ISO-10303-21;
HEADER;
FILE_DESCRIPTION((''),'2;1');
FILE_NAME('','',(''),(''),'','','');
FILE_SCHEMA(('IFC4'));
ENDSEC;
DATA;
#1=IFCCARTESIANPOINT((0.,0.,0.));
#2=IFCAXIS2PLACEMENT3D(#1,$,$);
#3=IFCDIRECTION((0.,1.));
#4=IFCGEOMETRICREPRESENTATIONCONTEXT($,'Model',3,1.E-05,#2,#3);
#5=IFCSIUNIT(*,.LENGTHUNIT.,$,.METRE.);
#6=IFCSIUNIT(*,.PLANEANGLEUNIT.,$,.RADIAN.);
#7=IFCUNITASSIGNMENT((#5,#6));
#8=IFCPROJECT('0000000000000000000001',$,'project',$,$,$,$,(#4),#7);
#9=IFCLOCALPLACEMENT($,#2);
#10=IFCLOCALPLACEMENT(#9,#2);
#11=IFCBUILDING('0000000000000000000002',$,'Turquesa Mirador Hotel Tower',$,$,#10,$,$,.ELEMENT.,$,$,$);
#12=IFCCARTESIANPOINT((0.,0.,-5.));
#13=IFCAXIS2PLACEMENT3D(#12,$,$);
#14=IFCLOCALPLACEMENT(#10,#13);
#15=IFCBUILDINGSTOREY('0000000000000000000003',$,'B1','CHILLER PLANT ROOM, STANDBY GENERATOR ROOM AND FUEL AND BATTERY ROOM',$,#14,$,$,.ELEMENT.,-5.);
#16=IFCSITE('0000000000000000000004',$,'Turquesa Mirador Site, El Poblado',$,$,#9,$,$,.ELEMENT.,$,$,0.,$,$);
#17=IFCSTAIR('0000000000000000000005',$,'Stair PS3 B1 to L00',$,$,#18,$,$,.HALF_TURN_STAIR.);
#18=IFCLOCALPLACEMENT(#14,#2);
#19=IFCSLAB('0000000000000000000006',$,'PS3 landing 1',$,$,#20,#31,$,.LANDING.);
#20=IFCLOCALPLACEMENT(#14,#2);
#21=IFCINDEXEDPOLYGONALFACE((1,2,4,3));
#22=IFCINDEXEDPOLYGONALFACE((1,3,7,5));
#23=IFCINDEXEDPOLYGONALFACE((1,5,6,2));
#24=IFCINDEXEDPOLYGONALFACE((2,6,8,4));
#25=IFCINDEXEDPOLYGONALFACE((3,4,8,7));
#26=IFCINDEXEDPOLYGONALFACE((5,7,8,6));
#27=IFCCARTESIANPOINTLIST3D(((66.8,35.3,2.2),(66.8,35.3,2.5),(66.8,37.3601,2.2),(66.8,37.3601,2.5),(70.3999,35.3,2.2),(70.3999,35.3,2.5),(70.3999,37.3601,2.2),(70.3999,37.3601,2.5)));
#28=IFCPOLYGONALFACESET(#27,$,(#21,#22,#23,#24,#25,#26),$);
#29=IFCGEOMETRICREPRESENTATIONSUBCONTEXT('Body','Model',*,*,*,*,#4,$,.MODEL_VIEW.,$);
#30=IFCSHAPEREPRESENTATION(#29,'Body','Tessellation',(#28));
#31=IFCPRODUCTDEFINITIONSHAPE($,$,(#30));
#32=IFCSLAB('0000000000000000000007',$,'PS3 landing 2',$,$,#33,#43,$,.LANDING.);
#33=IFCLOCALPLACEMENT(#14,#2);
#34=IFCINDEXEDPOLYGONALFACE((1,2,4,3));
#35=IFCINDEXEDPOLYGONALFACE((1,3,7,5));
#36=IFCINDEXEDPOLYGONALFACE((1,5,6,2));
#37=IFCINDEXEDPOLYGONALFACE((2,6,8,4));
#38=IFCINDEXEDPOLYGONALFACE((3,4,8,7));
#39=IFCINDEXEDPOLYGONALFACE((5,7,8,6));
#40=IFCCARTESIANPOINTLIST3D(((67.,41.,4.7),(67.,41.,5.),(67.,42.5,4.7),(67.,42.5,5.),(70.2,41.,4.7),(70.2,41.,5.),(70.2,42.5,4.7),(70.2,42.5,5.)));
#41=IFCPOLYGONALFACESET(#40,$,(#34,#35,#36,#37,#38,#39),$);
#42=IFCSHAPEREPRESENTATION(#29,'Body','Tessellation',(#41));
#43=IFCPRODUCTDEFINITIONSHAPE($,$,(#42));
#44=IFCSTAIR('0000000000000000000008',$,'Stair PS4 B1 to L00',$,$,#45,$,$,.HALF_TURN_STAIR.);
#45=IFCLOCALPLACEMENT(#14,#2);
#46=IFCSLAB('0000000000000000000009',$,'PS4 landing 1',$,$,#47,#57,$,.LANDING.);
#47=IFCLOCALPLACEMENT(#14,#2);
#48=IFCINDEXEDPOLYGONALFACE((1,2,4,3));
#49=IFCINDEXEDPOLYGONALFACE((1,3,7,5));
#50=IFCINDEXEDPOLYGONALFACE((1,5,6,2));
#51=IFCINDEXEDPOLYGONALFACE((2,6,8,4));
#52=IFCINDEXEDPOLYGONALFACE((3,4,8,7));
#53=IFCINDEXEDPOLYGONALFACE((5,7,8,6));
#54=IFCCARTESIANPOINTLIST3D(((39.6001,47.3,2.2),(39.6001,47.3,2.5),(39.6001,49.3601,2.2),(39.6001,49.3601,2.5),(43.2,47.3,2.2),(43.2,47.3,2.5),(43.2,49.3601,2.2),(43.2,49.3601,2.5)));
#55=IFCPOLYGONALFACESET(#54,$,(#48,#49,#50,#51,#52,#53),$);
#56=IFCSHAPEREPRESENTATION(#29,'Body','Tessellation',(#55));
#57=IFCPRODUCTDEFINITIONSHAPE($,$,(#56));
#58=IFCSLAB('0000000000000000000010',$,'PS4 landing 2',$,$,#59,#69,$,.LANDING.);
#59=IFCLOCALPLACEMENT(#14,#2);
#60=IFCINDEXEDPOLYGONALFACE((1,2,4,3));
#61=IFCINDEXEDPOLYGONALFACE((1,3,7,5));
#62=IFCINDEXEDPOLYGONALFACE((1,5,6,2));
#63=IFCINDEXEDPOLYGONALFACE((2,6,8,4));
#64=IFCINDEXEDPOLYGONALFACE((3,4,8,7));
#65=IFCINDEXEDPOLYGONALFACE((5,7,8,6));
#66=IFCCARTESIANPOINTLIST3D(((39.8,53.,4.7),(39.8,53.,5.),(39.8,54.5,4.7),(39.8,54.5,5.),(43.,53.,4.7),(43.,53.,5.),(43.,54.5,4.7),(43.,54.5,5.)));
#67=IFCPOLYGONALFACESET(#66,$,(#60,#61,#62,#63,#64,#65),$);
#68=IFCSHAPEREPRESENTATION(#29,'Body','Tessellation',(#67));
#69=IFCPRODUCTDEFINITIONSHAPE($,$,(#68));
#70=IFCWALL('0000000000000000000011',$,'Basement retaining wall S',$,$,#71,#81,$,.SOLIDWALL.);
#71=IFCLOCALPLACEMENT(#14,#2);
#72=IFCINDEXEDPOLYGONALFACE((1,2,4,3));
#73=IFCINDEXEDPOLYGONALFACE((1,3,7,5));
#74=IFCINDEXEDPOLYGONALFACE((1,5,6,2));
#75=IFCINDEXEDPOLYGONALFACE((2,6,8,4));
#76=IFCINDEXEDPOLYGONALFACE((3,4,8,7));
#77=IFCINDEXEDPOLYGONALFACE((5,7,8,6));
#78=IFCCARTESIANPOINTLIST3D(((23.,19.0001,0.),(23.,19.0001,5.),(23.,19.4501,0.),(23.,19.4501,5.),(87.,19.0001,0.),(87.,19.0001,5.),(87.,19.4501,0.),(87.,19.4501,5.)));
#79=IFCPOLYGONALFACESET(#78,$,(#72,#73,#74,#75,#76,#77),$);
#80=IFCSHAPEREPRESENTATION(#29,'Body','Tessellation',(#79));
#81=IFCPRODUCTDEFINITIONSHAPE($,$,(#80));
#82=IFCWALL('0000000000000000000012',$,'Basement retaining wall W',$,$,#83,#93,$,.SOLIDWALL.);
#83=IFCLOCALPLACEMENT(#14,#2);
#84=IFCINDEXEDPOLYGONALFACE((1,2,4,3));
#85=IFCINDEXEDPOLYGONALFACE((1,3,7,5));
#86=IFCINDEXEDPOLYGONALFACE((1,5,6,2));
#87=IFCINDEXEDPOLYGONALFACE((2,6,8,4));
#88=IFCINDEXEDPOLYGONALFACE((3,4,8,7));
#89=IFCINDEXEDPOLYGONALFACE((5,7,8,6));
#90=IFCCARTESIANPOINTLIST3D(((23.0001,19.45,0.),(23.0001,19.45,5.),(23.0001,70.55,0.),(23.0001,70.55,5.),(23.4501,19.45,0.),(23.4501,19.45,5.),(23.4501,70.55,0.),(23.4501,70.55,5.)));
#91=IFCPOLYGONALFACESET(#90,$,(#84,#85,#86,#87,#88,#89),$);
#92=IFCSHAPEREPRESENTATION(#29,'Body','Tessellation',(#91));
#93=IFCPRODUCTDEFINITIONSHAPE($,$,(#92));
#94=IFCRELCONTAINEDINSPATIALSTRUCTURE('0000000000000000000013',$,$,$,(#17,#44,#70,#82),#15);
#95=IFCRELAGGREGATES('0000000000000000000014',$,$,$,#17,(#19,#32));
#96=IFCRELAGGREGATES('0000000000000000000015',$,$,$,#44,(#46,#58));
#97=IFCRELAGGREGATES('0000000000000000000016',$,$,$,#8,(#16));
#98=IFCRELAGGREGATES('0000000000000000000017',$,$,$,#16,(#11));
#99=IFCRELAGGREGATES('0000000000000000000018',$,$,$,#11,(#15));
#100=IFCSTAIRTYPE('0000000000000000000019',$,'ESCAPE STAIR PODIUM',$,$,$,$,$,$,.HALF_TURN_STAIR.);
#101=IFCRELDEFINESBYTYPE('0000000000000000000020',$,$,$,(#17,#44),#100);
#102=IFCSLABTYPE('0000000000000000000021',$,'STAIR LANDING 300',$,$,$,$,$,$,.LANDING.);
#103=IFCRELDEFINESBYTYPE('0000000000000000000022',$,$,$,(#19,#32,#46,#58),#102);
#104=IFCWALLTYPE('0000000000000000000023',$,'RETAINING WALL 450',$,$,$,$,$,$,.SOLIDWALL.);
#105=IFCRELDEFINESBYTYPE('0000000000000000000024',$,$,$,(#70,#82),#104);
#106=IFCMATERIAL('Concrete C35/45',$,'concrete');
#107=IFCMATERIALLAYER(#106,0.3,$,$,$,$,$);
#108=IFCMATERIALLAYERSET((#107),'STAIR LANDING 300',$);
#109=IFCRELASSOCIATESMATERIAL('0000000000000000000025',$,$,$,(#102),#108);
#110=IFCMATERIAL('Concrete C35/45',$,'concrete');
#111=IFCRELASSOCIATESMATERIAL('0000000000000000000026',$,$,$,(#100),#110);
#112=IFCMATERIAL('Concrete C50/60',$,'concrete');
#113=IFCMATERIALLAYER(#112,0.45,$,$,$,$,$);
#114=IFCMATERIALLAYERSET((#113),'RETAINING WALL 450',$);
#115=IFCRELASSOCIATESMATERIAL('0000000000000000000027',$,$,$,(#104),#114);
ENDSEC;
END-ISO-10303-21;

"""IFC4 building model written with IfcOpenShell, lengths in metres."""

from ifc_helpers import new_model, si_unit, direction, frame, frame_2d, origin, place, context, subcontext, project, spatial, polyline, rectangle, outline, extrude, material, layer, layer_set, type_object, element, aggregate, save


model = new_model("IFC4")

# Units and contexts
model_context = context("Model", 3, precision=1e-05, world=origin(), true_north=direction((0.0, 1.0)))
body_context = subcontext(model_context, "Body", "Model", "MODEL_VIEW")
ifc_project = project(units=[si_unit("LENGTHUNIT", "METRE"), si_unit("PLANEANGLEUNIT", "RADIAN")], contexts=[model_context])

# Site, building, storey
site_placement = place(None, origin())
site = spatial("IfcSite", under=ifc_project, at=site_placement, Name="Turquesa Mirador Site, El Poblado", CompositionType="ELEMENT", RefElevation=0.0)
building_placement = place(site_placement, origin())
building = spatial("IfcBuilding", under=site, at=building_placement, Name="Turquesa Mirador Hotel Tower", CompositionType="ELEMENT")
storey_placement = place(building_placement, frame((0.0, 0.0, -5.0)))
storey = spatial("IfcBuildingStorey", under=building, at=storey_placement, Name="B1", Description="CHILLER PLANT ROOM, STANDBY GENERATOR ROOM AND FUEL AND BATTERY ROOM", CompositionType="ELEMENT", Elevation=-5.0)

# Stairs, slabs
ifc_material_1 = material(Name="Concrete C35/45", Category="concrete")
ifc_layer_1 = layer(ifc_material_1, 0.3)
ifc_layer_set_1 = layer_set([ifc_layer_1], Name="STAIR LANDING 300")
slab_type_1 = type_object("IfcSlabType", Name="STAIR LANDING 300", PredefinedType="LANDING", material=ifc_layer_set_1)
ifc_material_2 = material(Name="Concrete C35/45", Category="concrete")
stair_type_1 = type_object("IfcStairType", Name="ESCAPE STAIR PODIUM", PredefinedType="HALF_TURN_STAIR", material=ifc_material_2)
stair_1_placement = place(storey_placement, origin())
stair_1 = element("IfcStair", 1, at=stair_1_placement, inside=storey, type_object=stair_type_1, Name="Stair PS3 B1 to L00", PredefinedType="HALF_TURN_STAIR")
slab_1_placement = place(storey_placement, frame((0.0, 0.0, 2.2)))
slab_1 = element("IfcSlab", 2, at=slab_1_placement, type_object=slab_type_1, Name="PS3 landing 1", PredefinedType="LANDING", context=body_context, shape_type="SweptSolid", body=[
    extrude(outline(polyline([(66.8, 35.3), (70.3999, 35.3), (70.3999, 37.3601), (66.8, 37.3601), (66.8, 35.3)])), origin(), (0.0, 0.0, 1.0), 0.3),
])
slab_2_placement = place(storey_placement, frame((0.0, 0.0, 4.7)))
slab_2 = element("IfcSlab", 3, at=slab_2_placement, type_object=slab_type_1, Name="PS3 landing 2", PredefinedType="LANDING", context=body_context, shape_type="SweptSolid", body=[
    extrude(outline(polyline([(67.0, 41.0), (70.2, 41.0), (70.2, 42.5), (67.0, 42.5), (67.0, 41.0)])), origin(), (0.0, 0.0, 1.0), 0.3),
])
aggregate(stair_1, [slab_1, slab_2])
stair_2_placement = place(storey_placement, origin())
stair_2 = element("IfcStair", 4, at=stair_2_placement, inside=storey, type_object=stair_type_1, Name="Stair PS4 B1 to L00", PredefinedType="HALF_TURN_STAIR")
slab_3_placement = place(storey_placement, frame((0.0, 0.0, 2.2)))
slab_3 = element("IfcSlab", 5, at=slab_3_placement, type_object=slab_type_1, Name="PS4 landing 1", PredefinedType="LANDING", context=body_context, shape_type="SweptSolid", body=[
    extrude(outline(polyline([(39.6001, 47.3), (43.2, 47.3), (43.2, 49.3601), (39.6001, 49.3601), (39.6001, 47.3)])), origin(), (0.0, 0.0, 1.0), 0.3),
])
slab_4_placement = place(storey_placement, frame((0.0, 0.0, 4.7)))
slab_4 = element("IfcSlab", 6, at=slab_4_placement, type_object=slab_type_1, Name="PS4 landing 2", PredefinedType="LANDING", context=body_context, shape_type="SweptSolid", body=[
    extrude(outline(polyline([(39.8, 53.0), (43.0, 53.0), (43.0, 54.5), (39.8, 54.5), (39.8, 53.0)])), origin(), (0.0, 0.0, 1.0), 0.3),
])
aggregate(stair_2, [slab_3, slab_4])

# Walls
ifc_material_3 = material(Name="Concrete C50/60", Category="concrete")
ifc_layer_2 = layer(ifc_material_3, 0.45)
ifc_layer_set_2 = layer_set([ifc_layer_2], Name="RETAINING WALL 450")
wall_type = type_object("IfcWallType", Name="RETAINING WALL 450", PredefinedType="SOLIDWALL", material=ifc_layer_set_2)
wall_1_placement = place(storey_placement, frame((23.0, 19.2251, 0.0), z_axis=(0.0, 0.0, 1.0), x_axis=(1.0, 0.0, 0.0)))
element("IfcWall", 7, at=wall_1_placement, inside=storey, type_object=wall_type, Name="Basement retaining wall S", PredefinedType="SOLIDWALL", context=body_context, shape_type="SweptSolid", body=[
    extrude(rectangle(XDim=64.0, YDim=0.45, at=frame_2d((32.0, 0.0))), origin(), (0.0, 0.0, 1.0), 5.0),
])
wall_2_placement = place(storey_placement, frame((23.2251, 19.45, 0.0), z_axis=(0.0, 0.0, 1.0), x_axis=(0.0, 1.0, 0.0)))
element("IfcWall", 8, at=wall_2_placement, inside=storey, type_object=wall_type, Name="Basement retaining wall W", PredefinedType="SOLIDWALL", context=body_context, shape_type="SweptSolid", body=[
    extrude(rectangle(XDim=51.1001, YDim=0.45, at=frame_2d((25.55, 0.0))), origin(), (0.0, 0.0, 1.0), 5.0),
])

save(model, "model.ifc")
